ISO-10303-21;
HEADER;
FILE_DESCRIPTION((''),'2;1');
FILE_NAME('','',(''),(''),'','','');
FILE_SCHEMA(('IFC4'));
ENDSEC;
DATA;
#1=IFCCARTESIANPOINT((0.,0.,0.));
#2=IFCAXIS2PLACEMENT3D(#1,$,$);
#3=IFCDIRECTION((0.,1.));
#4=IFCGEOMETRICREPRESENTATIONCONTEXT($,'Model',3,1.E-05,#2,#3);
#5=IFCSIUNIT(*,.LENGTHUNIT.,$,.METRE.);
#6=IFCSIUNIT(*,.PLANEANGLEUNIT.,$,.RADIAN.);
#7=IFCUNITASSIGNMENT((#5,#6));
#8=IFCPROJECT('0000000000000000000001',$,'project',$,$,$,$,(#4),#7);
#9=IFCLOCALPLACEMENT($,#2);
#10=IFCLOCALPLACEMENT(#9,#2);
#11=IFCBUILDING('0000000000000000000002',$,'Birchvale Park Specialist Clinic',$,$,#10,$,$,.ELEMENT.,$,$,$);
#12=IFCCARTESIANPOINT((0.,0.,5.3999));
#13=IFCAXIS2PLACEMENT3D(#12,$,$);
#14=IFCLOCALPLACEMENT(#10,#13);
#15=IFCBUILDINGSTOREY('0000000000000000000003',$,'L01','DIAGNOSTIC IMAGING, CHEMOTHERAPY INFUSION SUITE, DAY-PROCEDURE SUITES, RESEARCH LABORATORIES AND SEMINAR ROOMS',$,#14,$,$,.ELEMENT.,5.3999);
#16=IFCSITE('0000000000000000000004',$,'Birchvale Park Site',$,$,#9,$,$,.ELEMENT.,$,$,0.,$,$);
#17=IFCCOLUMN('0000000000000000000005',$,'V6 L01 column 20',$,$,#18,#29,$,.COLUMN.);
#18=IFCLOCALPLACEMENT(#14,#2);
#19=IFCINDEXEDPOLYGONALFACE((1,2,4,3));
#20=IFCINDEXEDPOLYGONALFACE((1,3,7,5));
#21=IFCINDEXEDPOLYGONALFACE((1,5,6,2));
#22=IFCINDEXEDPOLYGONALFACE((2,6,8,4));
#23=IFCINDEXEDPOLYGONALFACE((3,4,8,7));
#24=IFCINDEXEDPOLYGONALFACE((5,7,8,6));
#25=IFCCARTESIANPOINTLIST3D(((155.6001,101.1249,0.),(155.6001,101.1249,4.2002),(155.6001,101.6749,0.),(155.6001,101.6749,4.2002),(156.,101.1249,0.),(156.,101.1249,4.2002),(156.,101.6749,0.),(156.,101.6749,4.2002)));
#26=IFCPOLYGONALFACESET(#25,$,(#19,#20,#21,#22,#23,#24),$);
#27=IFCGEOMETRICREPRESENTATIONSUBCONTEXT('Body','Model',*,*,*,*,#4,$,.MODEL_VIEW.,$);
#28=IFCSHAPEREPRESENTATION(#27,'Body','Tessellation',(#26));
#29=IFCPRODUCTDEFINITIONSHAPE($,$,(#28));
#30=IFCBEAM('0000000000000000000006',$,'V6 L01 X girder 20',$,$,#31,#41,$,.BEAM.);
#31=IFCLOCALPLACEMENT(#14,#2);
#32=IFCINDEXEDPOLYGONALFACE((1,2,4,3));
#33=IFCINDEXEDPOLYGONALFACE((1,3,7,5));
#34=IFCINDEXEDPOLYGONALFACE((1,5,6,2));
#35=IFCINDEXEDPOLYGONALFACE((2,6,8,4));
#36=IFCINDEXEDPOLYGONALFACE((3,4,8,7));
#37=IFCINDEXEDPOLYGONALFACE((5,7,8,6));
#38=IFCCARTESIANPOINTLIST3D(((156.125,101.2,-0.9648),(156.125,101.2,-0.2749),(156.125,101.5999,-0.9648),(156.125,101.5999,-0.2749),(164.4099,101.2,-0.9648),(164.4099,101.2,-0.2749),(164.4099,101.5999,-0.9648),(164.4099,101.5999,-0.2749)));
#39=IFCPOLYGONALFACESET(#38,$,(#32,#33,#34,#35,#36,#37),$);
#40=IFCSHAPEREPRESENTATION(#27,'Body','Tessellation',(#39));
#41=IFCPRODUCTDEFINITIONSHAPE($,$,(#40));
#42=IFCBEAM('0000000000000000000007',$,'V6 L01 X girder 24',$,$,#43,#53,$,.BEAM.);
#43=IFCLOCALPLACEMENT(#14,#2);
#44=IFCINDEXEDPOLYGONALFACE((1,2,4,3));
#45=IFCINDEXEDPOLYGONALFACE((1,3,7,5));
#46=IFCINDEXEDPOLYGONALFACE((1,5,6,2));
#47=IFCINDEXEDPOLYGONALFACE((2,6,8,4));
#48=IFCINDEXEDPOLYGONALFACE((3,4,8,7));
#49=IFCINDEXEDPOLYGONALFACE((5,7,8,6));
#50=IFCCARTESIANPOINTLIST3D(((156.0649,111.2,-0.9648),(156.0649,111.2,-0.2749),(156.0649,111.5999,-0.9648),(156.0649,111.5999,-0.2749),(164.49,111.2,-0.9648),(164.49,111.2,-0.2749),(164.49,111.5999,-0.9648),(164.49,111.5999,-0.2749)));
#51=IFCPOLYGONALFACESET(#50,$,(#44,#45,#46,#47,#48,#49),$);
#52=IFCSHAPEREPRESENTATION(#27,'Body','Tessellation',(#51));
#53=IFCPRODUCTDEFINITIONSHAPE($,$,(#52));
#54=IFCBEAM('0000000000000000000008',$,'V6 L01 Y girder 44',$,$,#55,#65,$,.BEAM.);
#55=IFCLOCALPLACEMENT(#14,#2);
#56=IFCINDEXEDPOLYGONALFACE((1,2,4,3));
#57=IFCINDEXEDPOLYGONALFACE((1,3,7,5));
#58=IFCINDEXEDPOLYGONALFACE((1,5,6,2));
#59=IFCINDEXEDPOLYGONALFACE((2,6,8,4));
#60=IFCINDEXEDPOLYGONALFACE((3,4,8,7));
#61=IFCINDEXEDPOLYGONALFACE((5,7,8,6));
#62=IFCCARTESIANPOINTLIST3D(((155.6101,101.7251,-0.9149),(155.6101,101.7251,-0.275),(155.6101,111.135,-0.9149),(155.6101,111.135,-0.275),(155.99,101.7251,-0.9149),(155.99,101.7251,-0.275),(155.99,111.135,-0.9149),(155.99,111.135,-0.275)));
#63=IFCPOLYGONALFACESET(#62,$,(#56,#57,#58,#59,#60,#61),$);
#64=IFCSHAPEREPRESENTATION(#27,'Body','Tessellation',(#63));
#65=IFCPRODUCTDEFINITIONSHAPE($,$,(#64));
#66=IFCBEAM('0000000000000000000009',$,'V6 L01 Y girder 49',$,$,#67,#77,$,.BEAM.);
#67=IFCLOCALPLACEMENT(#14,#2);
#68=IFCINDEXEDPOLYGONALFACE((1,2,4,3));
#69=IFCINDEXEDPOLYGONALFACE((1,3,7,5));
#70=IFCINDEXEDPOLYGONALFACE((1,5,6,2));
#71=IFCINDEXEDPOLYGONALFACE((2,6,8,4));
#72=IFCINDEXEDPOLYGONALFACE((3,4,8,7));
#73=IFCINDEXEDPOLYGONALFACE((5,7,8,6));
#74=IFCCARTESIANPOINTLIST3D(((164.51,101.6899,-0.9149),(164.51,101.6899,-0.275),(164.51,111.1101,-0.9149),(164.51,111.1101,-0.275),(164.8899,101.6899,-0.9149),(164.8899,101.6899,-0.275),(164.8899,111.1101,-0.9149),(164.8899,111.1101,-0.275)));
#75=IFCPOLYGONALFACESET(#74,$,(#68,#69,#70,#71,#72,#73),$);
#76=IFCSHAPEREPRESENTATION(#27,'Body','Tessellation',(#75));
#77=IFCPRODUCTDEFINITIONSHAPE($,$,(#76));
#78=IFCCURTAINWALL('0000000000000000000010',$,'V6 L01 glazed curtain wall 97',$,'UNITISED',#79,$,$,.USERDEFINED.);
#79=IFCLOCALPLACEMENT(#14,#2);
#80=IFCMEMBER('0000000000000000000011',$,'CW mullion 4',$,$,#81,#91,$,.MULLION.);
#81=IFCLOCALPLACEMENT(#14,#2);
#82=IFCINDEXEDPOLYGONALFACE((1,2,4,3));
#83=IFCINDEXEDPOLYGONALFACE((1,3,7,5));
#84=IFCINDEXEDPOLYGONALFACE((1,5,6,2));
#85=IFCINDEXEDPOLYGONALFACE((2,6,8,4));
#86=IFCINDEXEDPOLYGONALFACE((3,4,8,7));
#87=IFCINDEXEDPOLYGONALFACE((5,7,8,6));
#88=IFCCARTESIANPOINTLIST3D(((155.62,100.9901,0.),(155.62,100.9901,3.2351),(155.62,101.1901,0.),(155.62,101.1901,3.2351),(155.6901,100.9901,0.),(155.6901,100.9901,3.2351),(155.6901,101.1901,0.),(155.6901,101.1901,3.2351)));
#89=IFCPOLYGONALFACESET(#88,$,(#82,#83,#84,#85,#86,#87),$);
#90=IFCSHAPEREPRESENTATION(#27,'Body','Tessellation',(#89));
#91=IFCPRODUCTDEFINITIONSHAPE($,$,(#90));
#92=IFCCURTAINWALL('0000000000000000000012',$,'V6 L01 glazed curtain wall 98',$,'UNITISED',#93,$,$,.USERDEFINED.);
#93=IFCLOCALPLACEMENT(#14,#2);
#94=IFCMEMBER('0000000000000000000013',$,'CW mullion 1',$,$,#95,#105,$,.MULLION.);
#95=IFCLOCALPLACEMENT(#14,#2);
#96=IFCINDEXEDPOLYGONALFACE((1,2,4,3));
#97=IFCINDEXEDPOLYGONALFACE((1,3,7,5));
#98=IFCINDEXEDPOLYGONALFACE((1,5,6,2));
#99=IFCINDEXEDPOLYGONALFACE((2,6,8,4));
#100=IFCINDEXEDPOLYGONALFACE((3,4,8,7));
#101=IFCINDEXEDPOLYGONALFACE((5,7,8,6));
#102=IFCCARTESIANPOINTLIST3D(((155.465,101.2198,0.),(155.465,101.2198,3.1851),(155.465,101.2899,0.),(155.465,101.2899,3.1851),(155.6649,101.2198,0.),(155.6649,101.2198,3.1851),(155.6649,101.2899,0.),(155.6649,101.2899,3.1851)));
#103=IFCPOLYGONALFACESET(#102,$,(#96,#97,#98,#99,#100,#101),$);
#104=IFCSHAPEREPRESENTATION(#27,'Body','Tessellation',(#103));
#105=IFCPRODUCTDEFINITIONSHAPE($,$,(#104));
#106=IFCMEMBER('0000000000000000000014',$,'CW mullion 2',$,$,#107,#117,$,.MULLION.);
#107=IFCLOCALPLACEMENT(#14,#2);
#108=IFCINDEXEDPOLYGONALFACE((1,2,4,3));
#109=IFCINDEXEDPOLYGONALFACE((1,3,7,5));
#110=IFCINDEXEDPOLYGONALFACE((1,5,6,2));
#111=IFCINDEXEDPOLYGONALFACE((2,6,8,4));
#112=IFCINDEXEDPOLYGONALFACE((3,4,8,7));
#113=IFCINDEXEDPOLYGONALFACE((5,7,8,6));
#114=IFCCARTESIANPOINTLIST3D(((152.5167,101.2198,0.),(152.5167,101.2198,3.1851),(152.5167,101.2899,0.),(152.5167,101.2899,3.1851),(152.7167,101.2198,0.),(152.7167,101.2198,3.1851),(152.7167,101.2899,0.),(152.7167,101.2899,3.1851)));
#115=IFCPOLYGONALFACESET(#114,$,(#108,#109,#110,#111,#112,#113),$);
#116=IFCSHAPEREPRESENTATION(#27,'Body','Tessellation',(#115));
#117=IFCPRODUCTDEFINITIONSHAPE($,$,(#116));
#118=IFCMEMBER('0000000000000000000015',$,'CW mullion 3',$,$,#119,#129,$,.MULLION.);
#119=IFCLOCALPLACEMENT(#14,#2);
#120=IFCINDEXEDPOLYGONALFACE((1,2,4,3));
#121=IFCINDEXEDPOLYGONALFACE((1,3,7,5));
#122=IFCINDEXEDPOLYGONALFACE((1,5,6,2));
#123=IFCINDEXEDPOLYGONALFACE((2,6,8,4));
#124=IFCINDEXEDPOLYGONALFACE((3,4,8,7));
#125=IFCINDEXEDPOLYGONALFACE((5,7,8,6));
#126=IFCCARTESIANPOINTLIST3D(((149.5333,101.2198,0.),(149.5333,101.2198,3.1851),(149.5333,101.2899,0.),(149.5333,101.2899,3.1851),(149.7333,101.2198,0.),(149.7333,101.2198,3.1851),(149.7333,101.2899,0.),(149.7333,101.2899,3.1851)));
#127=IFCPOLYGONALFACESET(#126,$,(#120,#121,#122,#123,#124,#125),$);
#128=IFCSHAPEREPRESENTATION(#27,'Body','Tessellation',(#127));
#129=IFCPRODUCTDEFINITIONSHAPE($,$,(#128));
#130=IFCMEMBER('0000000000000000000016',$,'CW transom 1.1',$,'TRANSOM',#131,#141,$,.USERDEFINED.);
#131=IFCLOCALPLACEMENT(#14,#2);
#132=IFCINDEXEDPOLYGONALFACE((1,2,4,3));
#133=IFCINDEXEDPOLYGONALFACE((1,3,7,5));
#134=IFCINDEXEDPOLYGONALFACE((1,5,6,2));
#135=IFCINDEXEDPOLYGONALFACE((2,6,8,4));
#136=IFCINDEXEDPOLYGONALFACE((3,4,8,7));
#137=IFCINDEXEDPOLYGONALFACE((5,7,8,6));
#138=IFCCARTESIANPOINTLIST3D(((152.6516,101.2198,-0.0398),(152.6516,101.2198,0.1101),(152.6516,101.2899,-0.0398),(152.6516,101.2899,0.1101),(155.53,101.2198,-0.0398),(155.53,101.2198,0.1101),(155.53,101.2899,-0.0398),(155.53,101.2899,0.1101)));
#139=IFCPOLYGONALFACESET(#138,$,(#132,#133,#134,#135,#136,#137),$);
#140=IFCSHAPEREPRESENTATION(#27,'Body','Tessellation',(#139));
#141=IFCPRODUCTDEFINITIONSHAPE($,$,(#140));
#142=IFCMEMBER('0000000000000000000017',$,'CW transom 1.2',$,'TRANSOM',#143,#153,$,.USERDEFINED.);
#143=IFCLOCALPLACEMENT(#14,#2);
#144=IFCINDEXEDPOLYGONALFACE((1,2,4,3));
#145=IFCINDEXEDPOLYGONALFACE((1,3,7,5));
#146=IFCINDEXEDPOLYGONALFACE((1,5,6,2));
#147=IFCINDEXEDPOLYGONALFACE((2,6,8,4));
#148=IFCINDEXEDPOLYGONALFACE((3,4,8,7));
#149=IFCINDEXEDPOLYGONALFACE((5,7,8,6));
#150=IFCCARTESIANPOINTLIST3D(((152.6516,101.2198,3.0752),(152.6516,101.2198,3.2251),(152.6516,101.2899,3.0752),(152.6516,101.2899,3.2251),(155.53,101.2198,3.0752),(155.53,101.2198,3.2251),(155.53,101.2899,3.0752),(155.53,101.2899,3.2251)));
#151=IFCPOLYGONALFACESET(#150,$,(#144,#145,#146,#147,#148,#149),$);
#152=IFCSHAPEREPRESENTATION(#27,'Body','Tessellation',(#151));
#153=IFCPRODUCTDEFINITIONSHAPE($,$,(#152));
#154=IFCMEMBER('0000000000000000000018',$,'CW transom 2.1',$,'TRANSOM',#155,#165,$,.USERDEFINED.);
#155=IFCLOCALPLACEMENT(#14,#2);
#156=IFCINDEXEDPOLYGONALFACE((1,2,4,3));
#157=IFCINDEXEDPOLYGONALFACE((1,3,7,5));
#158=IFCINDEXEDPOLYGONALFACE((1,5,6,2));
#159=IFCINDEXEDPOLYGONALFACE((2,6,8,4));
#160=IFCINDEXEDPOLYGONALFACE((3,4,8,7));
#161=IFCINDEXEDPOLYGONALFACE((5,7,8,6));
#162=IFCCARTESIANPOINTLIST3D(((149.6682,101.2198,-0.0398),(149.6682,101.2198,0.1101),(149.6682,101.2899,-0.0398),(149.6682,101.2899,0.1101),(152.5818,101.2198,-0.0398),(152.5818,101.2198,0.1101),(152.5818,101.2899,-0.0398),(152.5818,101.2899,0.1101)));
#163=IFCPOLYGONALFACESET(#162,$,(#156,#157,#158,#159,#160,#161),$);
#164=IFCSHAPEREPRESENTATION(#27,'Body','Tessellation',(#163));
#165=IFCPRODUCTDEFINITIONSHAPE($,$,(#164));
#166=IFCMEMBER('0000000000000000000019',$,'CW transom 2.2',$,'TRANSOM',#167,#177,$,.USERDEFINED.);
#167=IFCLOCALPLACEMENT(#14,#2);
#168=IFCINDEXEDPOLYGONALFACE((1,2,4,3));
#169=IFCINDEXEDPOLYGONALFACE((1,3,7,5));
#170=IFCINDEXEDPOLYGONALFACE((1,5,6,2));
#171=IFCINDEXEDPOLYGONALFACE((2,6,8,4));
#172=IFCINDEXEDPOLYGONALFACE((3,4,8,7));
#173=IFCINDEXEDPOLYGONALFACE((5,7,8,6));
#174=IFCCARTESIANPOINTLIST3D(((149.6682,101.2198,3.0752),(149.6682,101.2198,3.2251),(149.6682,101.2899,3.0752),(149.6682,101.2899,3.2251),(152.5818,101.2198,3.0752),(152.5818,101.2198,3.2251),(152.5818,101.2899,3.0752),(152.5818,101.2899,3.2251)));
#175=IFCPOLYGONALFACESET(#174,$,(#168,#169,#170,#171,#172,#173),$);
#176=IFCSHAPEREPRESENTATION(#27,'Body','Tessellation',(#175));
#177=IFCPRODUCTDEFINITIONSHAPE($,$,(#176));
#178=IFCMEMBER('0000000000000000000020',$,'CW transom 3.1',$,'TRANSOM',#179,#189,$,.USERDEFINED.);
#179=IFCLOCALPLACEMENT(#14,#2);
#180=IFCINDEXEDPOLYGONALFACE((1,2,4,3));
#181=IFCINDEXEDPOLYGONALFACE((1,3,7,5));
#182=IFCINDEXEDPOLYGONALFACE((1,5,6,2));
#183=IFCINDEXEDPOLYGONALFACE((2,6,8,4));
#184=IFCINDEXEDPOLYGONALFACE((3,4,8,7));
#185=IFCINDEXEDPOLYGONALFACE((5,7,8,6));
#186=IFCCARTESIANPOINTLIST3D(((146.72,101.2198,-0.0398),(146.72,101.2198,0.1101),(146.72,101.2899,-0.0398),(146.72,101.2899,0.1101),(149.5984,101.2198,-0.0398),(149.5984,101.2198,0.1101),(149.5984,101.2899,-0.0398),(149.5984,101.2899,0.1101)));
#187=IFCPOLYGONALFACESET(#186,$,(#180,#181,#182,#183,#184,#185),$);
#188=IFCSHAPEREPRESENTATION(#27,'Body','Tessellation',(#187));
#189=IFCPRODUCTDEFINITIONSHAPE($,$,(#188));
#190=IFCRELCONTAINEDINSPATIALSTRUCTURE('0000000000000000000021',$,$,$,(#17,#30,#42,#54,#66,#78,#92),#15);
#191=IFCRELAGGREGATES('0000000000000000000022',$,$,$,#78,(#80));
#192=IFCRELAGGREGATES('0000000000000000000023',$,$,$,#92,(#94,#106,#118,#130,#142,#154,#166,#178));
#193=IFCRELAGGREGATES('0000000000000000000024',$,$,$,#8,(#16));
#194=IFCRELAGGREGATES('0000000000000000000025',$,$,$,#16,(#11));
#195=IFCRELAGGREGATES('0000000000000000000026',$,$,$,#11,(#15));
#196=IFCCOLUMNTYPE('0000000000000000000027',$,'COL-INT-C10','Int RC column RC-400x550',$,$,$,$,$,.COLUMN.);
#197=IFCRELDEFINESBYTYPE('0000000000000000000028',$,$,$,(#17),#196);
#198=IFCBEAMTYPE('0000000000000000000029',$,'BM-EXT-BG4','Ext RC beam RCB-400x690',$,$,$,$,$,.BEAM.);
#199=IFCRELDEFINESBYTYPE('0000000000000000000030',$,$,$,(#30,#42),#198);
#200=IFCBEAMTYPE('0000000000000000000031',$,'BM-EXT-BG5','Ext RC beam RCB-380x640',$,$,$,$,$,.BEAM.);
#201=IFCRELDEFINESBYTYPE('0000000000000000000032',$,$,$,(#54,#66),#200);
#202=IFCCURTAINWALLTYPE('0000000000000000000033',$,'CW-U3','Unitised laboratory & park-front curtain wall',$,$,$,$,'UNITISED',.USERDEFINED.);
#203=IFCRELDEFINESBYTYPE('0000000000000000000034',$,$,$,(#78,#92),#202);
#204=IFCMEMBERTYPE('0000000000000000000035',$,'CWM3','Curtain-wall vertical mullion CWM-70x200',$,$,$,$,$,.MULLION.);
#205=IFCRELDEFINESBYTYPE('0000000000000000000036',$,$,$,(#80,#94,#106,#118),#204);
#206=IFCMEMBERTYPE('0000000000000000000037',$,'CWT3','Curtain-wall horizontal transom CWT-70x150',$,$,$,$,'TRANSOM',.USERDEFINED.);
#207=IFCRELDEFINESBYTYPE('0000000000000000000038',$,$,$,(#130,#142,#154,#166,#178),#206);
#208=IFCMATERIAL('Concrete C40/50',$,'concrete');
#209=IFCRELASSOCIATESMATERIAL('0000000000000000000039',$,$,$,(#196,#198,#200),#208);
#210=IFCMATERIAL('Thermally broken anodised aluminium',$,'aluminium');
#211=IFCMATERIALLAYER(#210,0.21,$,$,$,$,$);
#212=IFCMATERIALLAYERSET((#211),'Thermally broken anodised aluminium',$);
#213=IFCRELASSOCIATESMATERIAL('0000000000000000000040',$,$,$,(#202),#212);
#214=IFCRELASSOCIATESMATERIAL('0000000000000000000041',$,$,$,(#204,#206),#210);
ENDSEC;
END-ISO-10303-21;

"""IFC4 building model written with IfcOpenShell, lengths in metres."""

from ifc_helpers import new_model, si_unit, direction, frame, origin, origin_2d, place, context, subcontext, project, spatial, rectangle, extrude, material, layer, layer_set, material_profile, profile_set, type_object, element, aggregate, save


model = new_model("IFC4")

# Units and contexts
model_context = context("Model", 3, precision=1e-05, world=origin(), true_north=direction((0.0, 1.0)))
body_context = subcontext(model_context, "Body", "Model", "MODEL_VIEW")
ifc_project = project(units=[si_unit("LENGTHUNIT", "METRE"), si_unit("PLANEANGLEUNIT", "RADIAN")], contexts=[model_context])

# Site, building, storey
site_placement = place(None, origin())
site = spatial("IfcSite", under=ifc_project, at=site_placement, Name="Birchvale Park Site", CompositionType="ELEMENT", RefElevation=0.0)
building_placement = place(site_placement, origin())
building = spatial("IfcBuilding", under=site, at=building_placement, Name="Birchvale Park Specialist Clinic", CompositionType="ELEMENT")
storey_placement = place(building_placement, frame((0.0, 0.0, 5.3999)))
storey = spatial("IfcBuildingStorey", under=building, at=storey_placement, Name="L01", Description="DIAGNOSTIC IMAGING, CHEMOTHERAPY INFUSION SUITE, DAY-PROCEDURE SUITES, RESEARCH LABORATORIES AND SEMINAR ROOMS", CompositionType="ELEMENT", Elevation=5.3999)

# Column
ifc_material_1 = material(Name="Concrete C40/50", Category="concrete")
ifc_material_profile_1 = material_profile(ifc_material_1, rectangle(XDim=0.3999, YDim=0.55, at=origin_2d()), Name="RC-400x550")
ifc_profile_set_1 = profile_set([ifc_material_profile_1], Name="Concrete C40/50")
column_type = type_object("IfcColumnType", Name="COL-INT-C10", Description="Int RC column RC-400x550", PredefinedType="COLUMN", material=ifc_profile_set_1)
column_placement = place(storey_placement, frame((155.8, 101.3999, 0.0), z_axis=(0.0, 0.0, 1.0), x_axis=(1.0, 0.0, 0.0)))
element("IfcColumn", 1, at=column_placement, inside=storey, type_object=column_type, Name="V6 L01 column 20", PredefinedType="COLUMN", context=body_context, shape_type="SweptSolid", body=[
    extrude(rectangle(XDim=0.3999, YDim=0.55, at=origin_2d()), origin(), (0.0, 0.0, 1.0), 4.2002),
])

# Beams
ifc_material_profile_2 = material_profile(ifc_material_1, rectangle(XDim=0.3999, YDim=0.6899, at=origin_2d()), Name="RCB-400x690")
ifc_profile_set_2 = profile_set([ifc_material_profile_2], Name="Concrete C40/50")
beam_type_1 = type_object("IfcBeamType", Name="BM-EXT-BG4", Description="Ext RC beam RCB-400x690", PredefinedType="BEAM", material=ifc_profile_set_2)
beam_1_placement = place(storey_placement, frame((156.125, 101.3999, -0.6199), z_axis=(1.0, 0.0, 0.0), x_axis=(0.0, 1.0, 0.0)))
element("IfcBeam", 2, at=beam_1_placement, inside=storey, type_object=beam_type_1, Name="V6 L01 X girder 20", PredefinedType="BEAM", context=body_context, shape_type="SweptSolid", body=[
    extrude(rectangle(XDim=0.3999, YDim=0.6899, at=origin_2d()), origin(), (0.0, 0.0, 1.0), 8.2849),
])
beam_2_placement = place(storey_placement, frame((156.0649, 111.3999, -0.6199), z_axis=(1.0, 0.0, 0.0), x_axis=(0.0, 1.0, 0.0)))
element("IfcBeam", 3, at=beam_2_placement, inside=storey, type_object=beam_type_1, Name="V6 L01 X girder 24", PredefinedType="BEAM", context=body_context, shape_type="SweptSolid", body=[
    extrude(rectangle(XDim=0.3999, YDim=0.6899, at=origin_2d()), origin(), (0.0, 0.0, 1.0), 8.425),
])
ifc_material_profile_3 = material_profile(ifc_material_1, rectangle(XDim=0.3799, YDim=0.6399, at=origin_2d()), Name="RCB-380x640")
ifc_profile_set_3 = profile_set([ifc_material_profile_3], Name="Concrete C40/50")
beam_type_2 = type_object("IfcBeamType", Name="BM-EXT-BG5", Description="Ext RC beam RCB-380x640", PredefinedType="BEAM", material=ifc_profile_set_3)
beam_3_placement = place(storey_placement, frame((155.8, 101.7251, -0.595), z_axis=(0.0, 1.0, 0.0), x_axis=(-1.0, 0.0, 0.0)))
element("IfcBeam", 4, at=beam_3_placement, inside=storey, type_object=beam_type_2, Name="V6 L01 Y girder 44", PredefinedType="BEAM", context=body_context, shape_type="SweptSolid", body=[
    extrude(rectangle(XDim=0.3799, YDim=0.6399, at=origin_2d()), origin(), (0.0, 0.0, 1.0), 9.4099),
])
beam_4_placement = place(storey_placement, frame((164.7, 101.6899, -0.595), z_axis=(0.0, 1.0, 0.0), x_axis=(-1.0, 0.0, 0.0)))
element("IfcBeam", 5, at=beam_4_placement, inside=storey, type_object=beam_type_2, Name="V6 L01 Y girder 49", PredefinedType="BEAM", context=body_context, shape_type="SweptSolid", body=[
    extrude(rectangle(XDim=0.3799, YDim=0.6399, at=origin_2d()), origin(), (0.0, 0.0, 1.0), 9.4202),
])

# Curtain wall, member
ifc_material_2 = material(Name="Thermally broken anodised aluminium", Category="aluminium")
ifc_layer_1 = layer(ifc_material_2, 0.21)
ifc_layer_set_1 = layer_set([ifc_layer_1], Name="Thermally broken anodised aluminium")
curtain_wall_type = type_object("IfcCurtainWallType", Name="CW-U3", Description="Unitised laboratory & park-front curtain wall", ElementType="UNITISED", PredefinedType="USERDEFINED", material=ifc_layer_set_1)
curtain_wall_1_placement = place(storey_placement, origin())
curtain_wall_1 = element("IfcCurtainWall", 6, at=curtain_wall_1_placement, inside=storey, type_object=curtain_wall_type, Name="V6 L01 glazed curtain wall 97", ObjectType="UNITISED", PredefinedType="USERDEFINED")
ifc_material_profile_4 = material_profile(ifc_material_2, rectangle(XDim=0.0701, YDim=0.2, at=origin_2d()), Name="CWM-70x200")
ifc_profile_set_4 = profile_set([ifc_material_profile_4], Name="Thermally broken anodised aluminium")
member_type_1 = type_object("IfcMemberType", Name="CWM3", Description="Curtain-wall vertical mullion CWM-70x200", PredefinedType="MULLION", material=ifc_profile_set_4)
member_1_placement = place(storey_placement, frame((155.655, 101.0901, 0.0), z_axis=(0.0, 0.0, 1.0), x_axis=(-1.0, 0.0, 0.0)))
member_1 = element("IfcMember", 7, at=member_1_placement, type_object=member_type_1, Name="CW mullion 4", PredefinedType="MULLION", context=body_context, shape_type="SweptSolid", body=[
    extrude(rectangle(XDim=0.0701, YDim=0.2, at=origin_2d()), origin(), (0.0, 0.0, 1.0), 3.2351),
])
aggregate(curtain_wall_1, [member_1])

# Curtain wall, members
curtain_wall_2_placement = place(storey_placement, origin())
curtain_wall_2 = element("IfcCurtainWall", 8, at=curtain_wall_2_placement, inside=storey, type_object=curtain_wall_type, Name="V6 L01 glazed curtain wall 98", ObjectType="UNITISED", PredefinedType="USERDEFINED")
member_2_placement = place(storey_placement, frame((155.5649, 101.2549, 0.0), z_axis=(0.0, 0.0, 1.0), x_axis=(0.0, -1.0, 0.0)))
member_2 = element("IfcMember", 9, at=member_2_placement, type_object=member_type_1, Name="CW mullion 1", PredefinedType="MULLION", context=body_context, shape_type="SweptSolid", body=[
    extrude(rectangle(XDim=0.0701, YDim=0.2, at=origin_2d()), origin(), (0.0, 0.0, 1.0), 3.1851),
])
member_3_placement = place(storey_placement, frame((152.6167, 101.2549, 0.0), z_axis=(0.0, 0.0, 1.0), x_axis=(0.0, -1.0, 0.0)))
member_3 = element("IfcMember", 10, at=member_3_placement, type_object=member_type_1, Name="CW mullion 2", PredefinedType="MULLION", context=body_context, shape_type="SweptSolid", body=[
    extrude(rectangle(XDim=0.0701, YDim=0.2, at=origin_2d()), origin(), (0.0, 0.0, 1.0), 3.1851),
])
member_4_placement = place(storey_placement, frame((149.6333, 101.2549, 0.0), z_axis=(0.0, 0.0, 1.0), x_axis=(0.0, -1.0, 0.0)))
member_4 = element("IfcMember", 11, at=member_4_placement, type_object=member_type_1, Name="CW mullion 3", PredefinedType="MULLION", context=body_context, shape_type="SweptSolid", body=[
    extrude(rectangle(XDim=0.0701, YDim=0.2, at=origin_2d()), origin(), (0.0, 0.0, 1.0), 3.1851),
])
ifc_material_profile_5 = material_profile(ifc_material_2, rectangle(XDim=0.0701, YDim=0.1499, at=origin_2d()), Name="CWT-70x150")
ifc_profile_set_5 = profile_set([ifc_material_profile_5], Name="Thermally broken anodised aluminium")
member_type_2 = type_object("IfcMemberType", Name="CWT3", Description="Curtain-wall horizontal transom CWT-70x150", ElementType="TRANSOM", PredefinedType="USERDEFINED", material=ifc_profile_set_5)
member_5_placement = place(storey_placement, frame((155.53, 101.2549, 0.0352), z_axis=(-1.0, 0.0, 0.0), x_axis=(0.0, -1.0, 0.0)))
member_5 = element("IfcMember", 12, at=member_5_placement, type_object=member_type_2, Name="CW transom 1.1", ObjectType="TRANSOM", PredefinedType="USERDEFINED", context=body_context, shape_type="SweptSolid", body=[
    extrude(rectangle(XDim=0.0701, YDim=0.1499, at=origin_2d()), origin(), (0.0, 0.0, 1.0), 2.8784),
])
member_6_placement = place(storey_placement, frame((155.53, 101.2549, 3.1501), z_axis=(-1.0, 0.0, 0.0), x_axis=(0.0, -1.0, 0.0)))
member_6 = element("IfcMember", 13, at=member_6_placement, type_object=member_type_2, Name="CW transom 1.2", ObjectType="TRANSOM", PredefinedType="USERDEFINED", context=body_context, shape_type="SweptSolid", body=[
    extrude(rectangle(XDim=0.0701, YDim=0.1499, at=origin_2d()), origin(), (0.0, 0.0, 1.0), 2.8784),
])
member_7_placement = place(storey_placement, frame((152.5818, 101.2549, 0.0352), z_axis=(-1.0, 0.0, 0.0), x_axis=(0.0, -1.0, 0.0)))
member_7 = element("IfcMember", 14, at=member_7_placement, type_object=member_type_2, Name="CW transom 2.1", ObjectType="TRANSOM", PredefinedType="USERDEFINED", context=body_context, shape_type="SweptSolid", body=[
    extrude(rectangle(XDim=0.0701, YDim=0.1499, at=origin_2d()), origin(), (0.0, 0.0, 1.0), 2.9136),
])
member_8_placement = place(storey_placement, frame((152.5818, 101.2549, 3.1501), z_axis=(-1.0, 0.0, 0.0), x_axis=(0.0, -1.0, 0.0)))
member_8 = element("IfcMember", 15, at=member_8_placement, type_object=member_type_2, Name="CW transom 2.2", ObjectType="TRANSOM", PredefinedType="USERDEFINED", context=body_context, shape_type="SweptSolid", body=[
    extrude(rectangle(XDim=0.0701, YDim=0.1499, at=origin_2d()), origin(), (0.0, 0.0, 1.0), 2.9136),
])
member_9_placement = place(storey_placement, frame((149.5984, 101.2549, 0.0352), z_axis=(-1.0, 0.0, 0.0), x_axis=(0.0, -1.0, 0.0)))
member_9 = element("IfcMember", 16, at=member_9_placement, type_object=member_type_2, Name="CW transom 3.1", ObjectType="TRANSOM", PredefinedType="USERDEFINED", context=body_context, shape_type="SweptSolid", body=[
    extrude(rectangle(XDim=0.0701, YDim=0.1499, at=origin_2d()), origin(), (0.0, 0.0, 1.0), 2.8784),
])

aggregate(curtain_wall_2, [member_2, member_3, member_4, member_5, member_6, member_7, member_8, member_9])

save(model, "model.ifc")
